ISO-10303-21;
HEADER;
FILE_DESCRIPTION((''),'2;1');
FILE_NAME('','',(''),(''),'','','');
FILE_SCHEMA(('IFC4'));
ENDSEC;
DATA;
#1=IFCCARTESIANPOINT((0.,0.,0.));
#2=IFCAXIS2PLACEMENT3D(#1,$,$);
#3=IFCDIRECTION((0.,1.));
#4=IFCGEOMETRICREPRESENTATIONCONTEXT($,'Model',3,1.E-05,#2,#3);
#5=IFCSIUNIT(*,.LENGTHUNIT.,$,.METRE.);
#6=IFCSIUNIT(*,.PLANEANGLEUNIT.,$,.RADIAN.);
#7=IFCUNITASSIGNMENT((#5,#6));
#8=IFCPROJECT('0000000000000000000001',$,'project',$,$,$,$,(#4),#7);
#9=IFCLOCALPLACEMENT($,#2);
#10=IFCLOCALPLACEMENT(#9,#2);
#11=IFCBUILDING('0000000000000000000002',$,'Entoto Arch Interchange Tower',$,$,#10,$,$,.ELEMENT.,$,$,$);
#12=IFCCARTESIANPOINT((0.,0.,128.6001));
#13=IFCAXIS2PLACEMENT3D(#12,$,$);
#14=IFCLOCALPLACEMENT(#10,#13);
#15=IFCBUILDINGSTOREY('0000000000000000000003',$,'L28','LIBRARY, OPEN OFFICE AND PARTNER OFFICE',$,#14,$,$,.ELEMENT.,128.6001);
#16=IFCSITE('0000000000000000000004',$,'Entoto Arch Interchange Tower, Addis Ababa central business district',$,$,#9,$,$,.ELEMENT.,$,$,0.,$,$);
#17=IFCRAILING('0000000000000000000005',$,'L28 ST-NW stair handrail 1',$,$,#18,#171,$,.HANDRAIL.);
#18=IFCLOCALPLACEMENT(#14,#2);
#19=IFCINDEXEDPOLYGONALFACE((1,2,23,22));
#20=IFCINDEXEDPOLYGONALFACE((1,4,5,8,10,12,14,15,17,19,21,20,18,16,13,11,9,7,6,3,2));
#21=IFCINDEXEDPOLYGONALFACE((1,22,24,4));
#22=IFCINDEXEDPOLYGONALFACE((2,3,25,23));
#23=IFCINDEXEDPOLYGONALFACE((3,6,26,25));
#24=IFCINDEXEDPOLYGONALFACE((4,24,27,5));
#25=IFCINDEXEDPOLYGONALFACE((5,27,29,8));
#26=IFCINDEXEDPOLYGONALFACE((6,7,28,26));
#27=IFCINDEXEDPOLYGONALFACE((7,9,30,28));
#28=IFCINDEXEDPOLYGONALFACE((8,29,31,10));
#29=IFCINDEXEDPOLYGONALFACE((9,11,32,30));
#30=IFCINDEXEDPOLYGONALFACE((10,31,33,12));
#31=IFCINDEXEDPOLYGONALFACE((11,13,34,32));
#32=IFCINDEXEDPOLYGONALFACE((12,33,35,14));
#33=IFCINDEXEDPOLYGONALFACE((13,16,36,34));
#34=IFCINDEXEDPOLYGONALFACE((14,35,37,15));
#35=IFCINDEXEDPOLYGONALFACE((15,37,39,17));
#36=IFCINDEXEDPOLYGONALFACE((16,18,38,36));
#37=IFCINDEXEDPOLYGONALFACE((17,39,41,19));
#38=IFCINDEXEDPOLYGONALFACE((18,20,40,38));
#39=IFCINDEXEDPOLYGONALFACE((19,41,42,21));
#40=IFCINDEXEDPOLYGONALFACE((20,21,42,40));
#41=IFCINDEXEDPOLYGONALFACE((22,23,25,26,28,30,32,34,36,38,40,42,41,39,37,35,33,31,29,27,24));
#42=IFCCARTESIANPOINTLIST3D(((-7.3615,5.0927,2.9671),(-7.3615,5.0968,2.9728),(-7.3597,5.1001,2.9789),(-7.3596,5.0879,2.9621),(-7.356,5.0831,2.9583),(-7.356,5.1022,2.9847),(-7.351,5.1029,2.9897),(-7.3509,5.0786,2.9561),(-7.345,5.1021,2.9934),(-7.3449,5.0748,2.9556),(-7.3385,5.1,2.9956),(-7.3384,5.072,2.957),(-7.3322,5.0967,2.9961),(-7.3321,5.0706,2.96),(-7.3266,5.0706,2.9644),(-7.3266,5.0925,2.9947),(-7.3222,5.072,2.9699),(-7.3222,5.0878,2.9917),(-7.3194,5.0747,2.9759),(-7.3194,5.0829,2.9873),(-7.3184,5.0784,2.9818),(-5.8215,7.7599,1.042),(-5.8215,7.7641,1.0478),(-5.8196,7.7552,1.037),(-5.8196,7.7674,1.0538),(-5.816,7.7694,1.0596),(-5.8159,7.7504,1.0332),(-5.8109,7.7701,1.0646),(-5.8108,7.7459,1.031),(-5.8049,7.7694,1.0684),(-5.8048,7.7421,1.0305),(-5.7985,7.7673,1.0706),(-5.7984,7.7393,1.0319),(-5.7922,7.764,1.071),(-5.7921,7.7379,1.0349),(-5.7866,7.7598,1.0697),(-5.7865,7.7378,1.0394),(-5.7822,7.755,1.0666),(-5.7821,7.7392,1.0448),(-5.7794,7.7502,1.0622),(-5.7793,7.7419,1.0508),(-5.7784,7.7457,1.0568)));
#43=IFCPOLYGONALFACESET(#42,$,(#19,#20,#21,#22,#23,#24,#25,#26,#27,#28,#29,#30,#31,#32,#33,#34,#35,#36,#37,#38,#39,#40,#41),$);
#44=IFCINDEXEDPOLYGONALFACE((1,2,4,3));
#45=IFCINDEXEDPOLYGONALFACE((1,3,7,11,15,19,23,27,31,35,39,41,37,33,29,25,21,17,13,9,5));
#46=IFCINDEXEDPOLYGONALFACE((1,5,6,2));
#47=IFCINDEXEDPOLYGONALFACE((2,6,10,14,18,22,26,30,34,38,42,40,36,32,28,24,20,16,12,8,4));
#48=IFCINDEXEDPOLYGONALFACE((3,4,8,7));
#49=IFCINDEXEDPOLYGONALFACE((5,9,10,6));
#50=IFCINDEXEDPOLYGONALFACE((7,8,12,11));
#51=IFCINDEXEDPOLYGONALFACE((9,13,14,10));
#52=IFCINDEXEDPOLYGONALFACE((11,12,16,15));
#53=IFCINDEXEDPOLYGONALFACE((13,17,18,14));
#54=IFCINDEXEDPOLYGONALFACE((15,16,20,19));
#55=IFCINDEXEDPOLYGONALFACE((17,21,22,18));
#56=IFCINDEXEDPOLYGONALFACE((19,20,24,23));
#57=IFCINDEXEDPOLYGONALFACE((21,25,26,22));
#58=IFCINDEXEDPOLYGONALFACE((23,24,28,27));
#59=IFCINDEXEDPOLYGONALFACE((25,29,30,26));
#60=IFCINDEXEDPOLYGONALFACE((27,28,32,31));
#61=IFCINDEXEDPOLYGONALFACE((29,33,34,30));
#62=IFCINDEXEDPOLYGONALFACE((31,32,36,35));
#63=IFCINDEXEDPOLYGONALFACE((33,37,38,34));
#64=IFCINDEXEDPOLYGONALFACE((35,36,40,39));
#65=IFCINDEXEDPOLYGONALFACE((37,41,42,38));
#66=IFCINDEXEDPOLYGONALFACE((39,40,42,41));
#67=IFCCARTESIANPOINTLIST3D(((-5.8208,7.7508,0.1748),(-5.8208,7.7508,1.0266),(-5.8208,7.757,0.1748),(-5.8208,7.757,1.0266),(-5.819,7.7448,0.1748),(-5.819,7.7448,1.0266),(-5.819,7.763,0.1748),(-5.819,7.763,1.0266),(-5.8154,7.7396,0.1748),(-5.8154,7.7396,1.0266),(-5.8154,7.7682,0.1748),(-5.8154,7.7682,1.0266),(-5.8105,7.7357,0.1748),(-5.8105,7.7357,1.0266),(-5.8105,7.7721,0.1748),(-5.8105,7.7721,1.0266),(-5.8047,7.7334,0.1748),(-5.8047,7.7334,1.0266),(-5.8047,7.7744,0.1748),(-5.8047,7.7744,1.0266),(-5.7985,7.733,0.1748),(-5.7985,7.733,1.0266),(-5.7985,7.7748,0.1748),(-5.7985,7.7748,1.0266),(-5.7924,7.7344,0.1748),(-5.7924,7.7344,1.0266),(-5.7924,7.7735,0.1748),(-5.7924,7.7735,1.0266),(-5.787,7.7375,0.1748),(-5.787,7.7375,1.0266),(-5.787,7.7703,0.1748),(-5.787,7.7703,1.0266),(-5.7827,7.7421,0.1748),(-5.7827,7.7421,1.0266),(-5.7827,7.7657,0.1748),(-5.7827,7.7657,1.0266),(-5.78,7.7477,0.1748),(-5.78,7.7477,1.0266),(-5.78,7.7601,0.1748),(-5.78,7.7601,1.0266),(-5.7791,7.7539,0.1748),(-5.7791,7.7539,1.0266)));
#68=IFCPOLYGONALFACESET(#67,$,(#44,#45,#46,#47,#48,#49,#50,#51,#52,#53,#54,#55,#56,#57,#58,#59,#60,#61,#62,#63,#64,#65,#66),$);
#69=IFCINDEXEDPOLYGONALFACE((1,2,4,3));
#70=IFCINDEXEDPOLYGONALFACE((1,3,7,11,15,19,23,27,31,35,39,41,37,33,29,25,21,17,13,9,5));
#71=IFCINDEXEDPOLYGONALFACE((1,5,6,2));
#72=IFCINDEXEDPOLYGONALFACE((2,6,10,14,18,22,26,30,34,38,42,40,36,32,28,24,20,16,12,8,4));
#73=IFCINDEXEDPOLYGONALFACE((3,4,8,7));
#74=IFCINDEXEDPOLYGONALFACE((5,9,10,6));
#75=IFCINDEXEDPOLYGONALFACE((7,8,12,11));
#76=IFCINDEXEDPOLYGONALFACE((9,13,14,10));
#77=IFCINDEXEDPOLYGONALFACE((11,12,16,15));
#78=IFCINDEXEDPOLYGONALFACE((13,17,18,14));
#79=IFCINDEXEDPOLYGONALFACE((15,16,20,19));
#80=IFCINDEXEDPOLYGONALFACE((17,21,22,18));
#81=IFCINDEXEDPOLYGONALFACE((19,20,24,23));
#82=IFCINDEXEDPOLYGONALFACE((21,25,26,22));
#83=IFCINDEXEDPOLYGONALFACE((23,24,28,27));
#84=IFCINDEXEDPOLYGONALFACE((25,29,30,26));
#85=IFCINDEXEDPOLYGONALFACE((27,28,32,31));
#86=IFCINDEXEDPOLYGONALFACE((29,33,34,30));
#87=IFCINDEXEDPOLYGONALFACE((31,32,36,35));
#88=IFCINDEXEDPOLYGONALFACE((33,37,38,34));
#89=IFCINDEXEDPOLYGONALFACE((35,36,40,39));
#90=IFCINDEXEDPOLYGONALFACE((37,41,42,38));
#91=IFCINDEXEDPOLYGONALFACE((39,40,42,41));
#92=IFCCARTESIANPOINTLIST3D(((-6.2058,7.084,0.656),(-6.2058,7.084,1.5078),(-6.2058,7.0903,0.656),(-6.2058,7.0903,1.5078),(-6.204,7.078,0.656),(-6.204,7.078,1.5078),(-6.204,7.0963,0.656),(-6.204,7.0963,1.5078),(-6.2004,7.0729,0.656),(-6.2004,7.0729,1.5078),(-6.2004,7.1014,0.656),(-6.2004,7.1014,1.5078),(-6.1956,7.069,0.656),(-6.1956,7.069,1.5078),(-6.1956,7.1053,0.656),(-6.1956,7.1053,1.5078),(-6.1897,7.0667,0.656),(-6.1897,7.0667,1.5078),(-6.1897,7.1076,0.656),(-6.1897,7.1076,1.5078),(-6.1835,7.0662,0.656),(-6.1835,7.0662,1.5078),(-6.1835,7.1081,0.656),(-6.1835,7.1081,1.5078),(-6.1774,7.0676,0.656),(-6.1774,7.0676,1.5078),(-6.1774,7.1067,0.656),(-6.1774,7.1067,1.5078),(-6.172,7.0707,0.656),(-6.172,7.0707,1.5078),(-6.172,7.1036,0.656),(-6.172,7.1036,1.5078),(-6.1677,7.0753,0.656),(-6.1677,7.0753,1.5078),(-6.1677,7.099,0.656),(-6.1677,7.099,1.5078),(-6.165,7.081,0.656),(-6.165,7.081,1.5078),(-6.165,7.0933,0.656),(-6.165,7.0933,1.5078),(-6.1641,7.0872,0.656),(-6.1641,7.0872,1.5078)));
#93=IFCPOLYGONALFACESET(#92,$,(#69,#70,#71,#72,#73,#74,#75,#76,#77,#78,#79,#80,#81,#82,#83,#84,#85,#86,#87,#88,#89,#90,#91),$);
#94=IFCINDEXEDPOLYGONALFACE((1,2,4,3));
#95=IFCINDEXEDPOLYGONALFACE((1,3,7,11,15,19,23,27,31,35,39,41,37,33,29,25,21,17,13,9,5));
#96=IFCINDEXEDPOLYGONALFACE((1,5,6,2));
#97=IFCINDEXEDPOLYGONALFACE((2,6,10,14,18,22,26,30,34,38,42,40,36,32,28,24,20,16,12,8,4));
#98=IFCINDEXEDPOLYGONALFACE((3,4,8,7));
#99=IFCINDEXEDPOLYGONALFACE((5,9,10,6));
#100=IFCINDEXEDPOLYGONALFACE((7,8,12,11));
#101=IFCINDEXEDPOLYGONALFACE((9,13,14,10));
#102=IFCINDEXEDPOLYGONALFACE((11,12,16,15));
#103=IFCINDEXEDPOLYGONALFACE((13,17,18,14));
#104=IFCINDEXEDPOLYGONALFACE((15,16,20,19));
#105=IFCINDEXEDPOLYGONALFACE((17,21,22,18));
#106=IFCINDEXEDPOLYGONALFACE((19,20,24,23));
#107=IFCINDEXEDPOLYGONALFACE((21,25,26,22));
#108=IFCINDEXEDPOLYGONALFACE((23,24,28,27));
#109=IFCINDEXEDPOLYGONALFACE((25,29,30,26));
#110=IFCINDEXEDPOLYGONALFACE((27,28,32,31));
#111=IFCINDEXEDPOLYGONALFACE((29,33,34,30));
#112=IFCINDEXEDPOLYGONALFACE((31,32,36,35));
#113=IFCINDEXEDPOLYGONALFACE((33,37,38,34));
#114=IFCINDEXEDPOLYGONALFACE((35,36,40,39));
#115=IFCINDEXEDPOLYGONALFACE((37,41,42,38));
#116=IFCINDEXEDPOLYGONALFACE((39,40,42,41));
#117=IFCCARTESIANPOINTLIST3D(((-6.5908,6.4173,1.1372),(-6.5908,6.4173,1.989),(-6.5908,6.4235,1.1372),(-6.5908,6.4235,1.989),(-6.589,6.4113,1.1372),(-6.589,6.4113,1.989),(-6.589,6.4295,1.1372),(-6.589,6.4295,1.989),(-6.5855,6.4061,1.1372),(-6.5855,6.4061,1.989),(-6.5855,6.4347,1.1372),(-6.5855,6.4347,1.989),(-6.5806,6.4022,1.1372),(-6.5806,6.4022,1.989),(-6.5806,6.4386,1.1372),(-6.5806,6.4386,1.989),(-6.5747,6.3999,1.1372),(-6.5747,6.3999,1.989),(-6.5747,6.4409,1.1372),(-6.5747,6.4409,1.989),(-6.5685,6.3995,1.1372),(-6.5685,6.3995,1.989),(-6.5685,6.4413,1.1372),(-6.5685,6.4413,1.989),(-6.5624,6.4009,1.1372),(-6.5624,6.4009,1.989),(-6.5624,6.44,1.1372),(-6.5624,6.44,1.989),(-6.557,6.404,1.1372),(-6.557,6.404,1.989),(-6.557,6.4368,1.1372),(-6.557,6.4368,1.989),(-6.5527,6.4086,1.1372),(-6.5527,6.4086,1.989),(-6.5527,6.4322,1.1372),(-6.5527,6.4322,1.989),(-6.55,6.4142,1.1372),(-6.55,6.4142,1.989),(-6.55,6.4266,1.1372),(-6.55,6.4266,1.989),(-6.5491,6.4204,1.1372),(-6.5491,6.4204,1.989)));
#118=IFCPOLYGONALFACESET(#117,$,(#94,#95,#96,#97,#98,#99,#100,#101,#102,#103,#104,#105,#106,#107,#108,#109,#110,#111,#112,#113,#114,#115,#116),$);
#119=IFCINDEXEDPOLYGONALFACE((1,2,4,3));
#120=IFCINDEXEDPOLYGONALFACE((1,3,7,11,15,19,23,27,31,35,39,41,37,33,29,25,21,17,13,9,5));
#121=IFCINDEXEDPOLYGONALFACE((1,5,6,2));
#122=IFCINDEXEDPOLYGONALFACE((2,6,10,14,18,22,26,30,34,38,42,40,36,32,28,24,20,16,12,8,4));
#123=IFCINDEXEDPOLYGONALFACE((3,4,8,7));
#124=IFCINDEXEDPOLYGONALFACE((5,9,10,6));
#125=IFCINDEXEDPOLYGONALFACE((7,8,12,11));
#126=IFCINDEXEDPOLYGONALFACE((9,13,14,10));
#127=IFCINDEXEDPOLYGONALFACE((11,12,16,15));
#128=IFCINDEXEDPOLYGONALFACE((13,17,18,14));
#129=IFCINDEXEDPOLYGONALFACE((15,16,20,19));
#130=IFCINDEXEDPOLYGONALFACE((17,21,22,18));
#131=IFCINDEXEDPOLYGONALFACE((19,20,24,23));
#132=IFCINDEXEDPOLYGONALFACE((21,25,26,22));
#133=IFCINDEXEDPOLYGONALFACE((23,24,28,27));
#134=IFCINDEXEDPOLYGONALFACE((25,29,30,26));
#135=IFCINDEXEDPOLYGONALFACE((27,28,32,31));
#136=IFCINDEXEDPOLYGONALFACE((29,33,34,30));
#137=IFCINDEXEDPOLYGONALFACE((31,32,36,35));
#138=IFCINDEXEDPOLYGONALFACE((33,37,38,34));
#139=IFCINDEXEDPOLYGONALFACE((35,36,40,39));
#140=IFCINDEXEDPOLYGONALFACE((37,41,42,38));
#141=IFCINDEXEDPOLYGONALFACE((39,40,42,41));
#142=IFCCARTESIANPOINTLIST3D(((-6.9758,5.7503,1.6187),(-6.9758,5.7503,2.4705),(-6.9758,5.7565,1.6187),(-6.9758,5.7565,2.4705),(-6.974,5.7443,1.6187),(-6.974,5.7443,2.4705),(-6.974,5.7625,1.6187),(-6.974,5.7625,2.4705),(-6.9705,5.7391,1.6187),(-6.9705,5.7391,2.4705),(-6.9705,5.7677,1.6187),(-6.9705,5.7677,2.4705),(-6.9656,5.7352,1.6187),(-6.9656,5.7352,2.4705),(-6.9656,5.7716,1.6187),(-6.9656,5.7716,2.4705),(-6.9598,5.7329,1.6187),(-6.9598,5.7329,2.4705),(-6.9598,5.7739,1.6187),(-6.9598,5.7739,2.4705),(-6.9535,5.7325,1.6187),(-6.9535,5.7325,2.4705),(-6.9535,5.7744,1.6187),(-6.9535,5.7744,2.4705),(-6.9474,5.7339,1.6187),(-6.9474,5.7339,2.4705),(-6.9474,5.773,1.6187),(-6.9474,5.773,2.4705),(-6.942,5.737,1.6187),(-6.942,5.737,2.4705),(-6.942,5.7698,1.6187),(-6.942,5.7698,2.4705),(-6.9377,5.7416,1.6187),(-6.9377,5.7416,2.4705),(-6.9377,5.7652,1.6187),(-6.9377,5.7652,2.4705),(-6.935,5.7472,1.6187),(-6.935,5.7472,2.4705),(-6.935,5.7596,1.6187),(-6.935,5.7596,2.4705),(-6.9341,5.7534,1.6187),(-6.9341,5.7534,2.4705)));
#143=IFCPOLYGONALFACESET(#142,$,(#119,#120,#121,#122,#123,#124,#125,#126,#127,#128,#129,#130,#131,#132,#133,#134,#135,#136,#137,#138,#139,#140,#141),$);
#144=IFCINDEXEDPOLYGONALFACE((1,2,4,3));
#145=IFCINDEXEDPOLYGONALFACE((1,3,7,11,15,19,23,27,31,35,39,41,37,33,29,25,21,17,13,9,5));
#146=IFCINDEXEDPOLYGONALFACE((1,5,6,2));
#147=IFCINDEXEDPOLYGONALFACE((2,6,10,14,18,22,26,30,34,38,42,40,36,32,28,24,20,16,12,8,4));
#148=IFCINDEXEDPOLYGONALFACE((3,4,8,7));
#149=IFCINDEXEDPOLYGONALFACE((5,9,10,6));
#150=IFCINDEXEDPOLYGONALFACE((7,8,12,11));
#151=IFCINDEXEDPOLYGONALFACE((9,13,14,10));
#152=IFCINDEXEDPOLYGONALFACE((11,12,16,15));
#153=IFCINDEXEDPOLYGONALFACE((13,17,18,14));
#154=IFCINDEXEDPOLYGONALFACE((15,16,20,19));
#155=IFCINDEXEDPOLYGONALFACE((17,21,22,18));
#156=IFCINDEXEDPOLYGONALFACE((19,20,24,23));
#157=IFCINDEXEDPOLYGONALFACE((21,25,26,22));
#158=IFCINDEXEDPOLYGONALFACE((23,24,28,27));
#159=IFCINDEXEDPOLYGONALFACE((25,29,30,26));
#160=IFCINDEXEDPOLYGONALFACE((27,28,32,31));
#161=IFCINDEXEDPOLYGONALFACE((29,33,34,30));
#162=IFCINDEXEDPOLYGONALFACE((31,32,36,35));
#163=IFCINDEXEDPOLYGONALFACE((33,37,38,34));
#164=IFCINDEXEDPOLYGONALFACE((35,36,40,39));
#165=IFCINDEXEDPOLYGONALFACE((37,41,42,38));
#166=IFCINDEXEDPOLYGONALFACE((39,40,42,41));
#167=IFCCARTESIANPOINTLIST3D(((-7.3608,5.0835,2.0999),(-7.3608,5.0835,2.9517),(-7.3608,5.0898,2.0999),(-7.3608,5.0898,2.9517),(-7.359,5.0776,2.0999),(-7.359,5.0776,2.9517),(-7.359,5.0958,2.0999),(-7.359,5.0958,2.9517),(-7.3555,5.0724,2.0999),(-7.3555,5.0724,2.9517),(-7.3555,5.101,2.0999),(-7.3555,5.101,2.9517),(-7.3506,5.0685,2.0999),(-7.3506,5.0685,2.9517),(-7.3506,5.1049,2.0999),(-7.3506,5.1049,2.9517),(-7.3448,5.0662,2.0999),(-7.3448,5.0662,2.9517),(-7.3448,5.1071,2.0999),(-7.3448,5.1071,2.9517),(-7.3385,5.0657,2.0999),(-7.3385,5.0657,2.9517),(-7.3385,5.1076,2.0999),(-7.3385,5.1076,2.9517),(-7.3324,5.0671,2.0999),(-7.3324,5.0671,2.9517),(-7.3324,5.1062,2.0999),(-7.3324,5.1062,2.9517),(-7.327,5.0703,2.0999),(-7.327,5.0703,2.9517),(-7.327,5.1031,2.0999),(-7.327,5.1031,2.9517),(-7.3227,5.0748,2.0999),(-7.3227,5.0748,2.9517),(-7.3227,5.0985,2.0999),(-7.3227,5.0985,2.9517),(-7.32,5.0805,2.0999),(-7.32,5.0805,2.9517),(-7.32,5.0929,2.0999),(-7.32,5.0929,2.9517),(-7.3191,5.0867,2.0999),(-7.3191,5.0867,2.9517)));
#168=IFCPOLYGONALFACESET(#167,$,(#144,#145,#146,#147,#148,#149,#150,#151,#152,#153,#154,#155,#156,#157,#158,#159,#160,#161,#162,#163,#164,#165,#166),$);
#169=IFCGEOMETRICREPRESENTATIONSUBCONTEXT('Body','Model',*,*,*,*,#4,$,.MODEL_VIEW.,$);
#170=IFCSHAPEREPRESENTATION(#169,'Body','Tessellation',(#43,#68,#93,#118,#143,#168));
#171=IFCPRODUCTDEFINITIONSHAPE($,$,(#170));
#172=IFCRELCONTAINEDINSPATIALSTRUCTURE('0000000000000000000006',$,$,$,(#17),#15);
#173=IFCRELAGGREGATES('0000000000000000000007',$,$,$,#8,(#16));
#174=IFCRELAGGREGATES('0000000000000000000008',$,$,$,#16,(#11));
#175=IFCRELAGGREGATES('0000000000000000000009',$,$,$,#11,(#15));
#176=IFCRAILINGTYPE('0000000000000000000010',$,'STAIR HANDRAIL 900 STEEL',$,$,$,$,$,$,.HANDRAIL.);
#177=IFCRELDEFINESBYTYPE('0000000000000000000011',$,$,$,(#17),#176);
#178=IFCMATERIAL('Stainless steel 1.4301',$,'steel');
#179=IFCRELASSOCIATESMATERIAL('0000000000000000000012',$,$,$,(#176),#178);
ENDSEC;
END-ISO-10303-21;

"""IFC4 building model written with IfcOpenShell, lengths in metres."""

from ifc_helpers import new_model, si_unit, direction, frame, origin, origin_2d, place, context, subcontext, project, spatial, circle, extrude, material, type_object, element, save


model = new_model("IFC4")

# Units and contexts
model_context = context("Model", 3, precision=1e-05, world=origin(), true_north=direction((0.0, 1.0)))
body_context = subcontext(model_context, "Body", "Model", "MODEL_VIEW")
ifc_project = project(units=[si_unit("LENGTHUNIT", "METRE"), si_unit("PLANEANGLEUNIT", "RADIAN")], contexts=[model_context])

# Site, building, storey
site_placement = place(None, origin())
site = spatial("IfcSite", under=ifc_project, at=site_placement, Name="Entoto Arch Interchange Tower, Addis Ababa central business district", CompositionType="ELEMENT", RefElevation=0.0)
building_placement = place(site_placement, origin())
building = spatial("IfcBuilding", under=site, at=building_placement, Name="Entoto Arch Interchange Tower", CompositionType="ELEMENT")
storey_placement = place(building_placement, frame((0.0, 0.0, 128.6001)))
storey = spatial("IfcBuildingStorey", under=building, at=storey_placement, Name="L28", Description="LIBRARY, OPEN OFFICE AND PARTNER OFFICE", CompositionType="ELEMENT", Elevation=128.6001)

# Railing
ifc_material_1 = material(Name="Stainless steel 1.4301", Category="steel")
railing_type_1 = type_object("IfcRailingType", Name="STAIR HANDRAIL 900 STEEL", PredefinedType="HANDRAIL", material=ifc_material_1)
railing_1_placement = place(storey_placement, frame((-5.8, 7.7539, 0.1748)))
element("IfcRailing", 1, at=railing_1_placement, inside=storey, type_object=railing_type_1, Name="L28 ST-NW stair handrail 1", PredefinedType="HANDRAIL", context=body_context, shape_type="SweptSolid", body=[
    extrude(circle(Radius=0.0239, at=origin_2d()), frame((0.0, 0.0, 0.876), z_axis=(-0.424015, -0.734364, 0.530019), x_axis=(0.86601, -0.500027, 0.0)), (0.0, 0.0, 1.0), 3.6321),
    extrude(circle(Radius=0.021, at=origin_2d()), origin(), (0.0, 0.0, 1.0), 0.8518),
    extrude(circle(Radius=0.021, at=origin_2d()), frame((-0.385, -0.6667, 0.4812)), (0.0, 0.0, 1.0), 0.8518),
    extrude(circle(Radius=0.021, at=origin_2d()), frame((-0.77, -1.3335, 0.9624)), (0.0, 0.0, 1.0), 0.8518),
    extrude(circle(Radius=0.021, at=origin_2d()), frame((-1.155, -2.0005, 1.4438)), (0.0, 0.0, 1.0), 0.8518),
    extrude(circle(Radius=0.021, at=origin_2d()), frame((-1.54, -2.6672, 1.925)), (0.0, 0.0, 1.0), 0.8518),
])

save(model, "model.ifc")
